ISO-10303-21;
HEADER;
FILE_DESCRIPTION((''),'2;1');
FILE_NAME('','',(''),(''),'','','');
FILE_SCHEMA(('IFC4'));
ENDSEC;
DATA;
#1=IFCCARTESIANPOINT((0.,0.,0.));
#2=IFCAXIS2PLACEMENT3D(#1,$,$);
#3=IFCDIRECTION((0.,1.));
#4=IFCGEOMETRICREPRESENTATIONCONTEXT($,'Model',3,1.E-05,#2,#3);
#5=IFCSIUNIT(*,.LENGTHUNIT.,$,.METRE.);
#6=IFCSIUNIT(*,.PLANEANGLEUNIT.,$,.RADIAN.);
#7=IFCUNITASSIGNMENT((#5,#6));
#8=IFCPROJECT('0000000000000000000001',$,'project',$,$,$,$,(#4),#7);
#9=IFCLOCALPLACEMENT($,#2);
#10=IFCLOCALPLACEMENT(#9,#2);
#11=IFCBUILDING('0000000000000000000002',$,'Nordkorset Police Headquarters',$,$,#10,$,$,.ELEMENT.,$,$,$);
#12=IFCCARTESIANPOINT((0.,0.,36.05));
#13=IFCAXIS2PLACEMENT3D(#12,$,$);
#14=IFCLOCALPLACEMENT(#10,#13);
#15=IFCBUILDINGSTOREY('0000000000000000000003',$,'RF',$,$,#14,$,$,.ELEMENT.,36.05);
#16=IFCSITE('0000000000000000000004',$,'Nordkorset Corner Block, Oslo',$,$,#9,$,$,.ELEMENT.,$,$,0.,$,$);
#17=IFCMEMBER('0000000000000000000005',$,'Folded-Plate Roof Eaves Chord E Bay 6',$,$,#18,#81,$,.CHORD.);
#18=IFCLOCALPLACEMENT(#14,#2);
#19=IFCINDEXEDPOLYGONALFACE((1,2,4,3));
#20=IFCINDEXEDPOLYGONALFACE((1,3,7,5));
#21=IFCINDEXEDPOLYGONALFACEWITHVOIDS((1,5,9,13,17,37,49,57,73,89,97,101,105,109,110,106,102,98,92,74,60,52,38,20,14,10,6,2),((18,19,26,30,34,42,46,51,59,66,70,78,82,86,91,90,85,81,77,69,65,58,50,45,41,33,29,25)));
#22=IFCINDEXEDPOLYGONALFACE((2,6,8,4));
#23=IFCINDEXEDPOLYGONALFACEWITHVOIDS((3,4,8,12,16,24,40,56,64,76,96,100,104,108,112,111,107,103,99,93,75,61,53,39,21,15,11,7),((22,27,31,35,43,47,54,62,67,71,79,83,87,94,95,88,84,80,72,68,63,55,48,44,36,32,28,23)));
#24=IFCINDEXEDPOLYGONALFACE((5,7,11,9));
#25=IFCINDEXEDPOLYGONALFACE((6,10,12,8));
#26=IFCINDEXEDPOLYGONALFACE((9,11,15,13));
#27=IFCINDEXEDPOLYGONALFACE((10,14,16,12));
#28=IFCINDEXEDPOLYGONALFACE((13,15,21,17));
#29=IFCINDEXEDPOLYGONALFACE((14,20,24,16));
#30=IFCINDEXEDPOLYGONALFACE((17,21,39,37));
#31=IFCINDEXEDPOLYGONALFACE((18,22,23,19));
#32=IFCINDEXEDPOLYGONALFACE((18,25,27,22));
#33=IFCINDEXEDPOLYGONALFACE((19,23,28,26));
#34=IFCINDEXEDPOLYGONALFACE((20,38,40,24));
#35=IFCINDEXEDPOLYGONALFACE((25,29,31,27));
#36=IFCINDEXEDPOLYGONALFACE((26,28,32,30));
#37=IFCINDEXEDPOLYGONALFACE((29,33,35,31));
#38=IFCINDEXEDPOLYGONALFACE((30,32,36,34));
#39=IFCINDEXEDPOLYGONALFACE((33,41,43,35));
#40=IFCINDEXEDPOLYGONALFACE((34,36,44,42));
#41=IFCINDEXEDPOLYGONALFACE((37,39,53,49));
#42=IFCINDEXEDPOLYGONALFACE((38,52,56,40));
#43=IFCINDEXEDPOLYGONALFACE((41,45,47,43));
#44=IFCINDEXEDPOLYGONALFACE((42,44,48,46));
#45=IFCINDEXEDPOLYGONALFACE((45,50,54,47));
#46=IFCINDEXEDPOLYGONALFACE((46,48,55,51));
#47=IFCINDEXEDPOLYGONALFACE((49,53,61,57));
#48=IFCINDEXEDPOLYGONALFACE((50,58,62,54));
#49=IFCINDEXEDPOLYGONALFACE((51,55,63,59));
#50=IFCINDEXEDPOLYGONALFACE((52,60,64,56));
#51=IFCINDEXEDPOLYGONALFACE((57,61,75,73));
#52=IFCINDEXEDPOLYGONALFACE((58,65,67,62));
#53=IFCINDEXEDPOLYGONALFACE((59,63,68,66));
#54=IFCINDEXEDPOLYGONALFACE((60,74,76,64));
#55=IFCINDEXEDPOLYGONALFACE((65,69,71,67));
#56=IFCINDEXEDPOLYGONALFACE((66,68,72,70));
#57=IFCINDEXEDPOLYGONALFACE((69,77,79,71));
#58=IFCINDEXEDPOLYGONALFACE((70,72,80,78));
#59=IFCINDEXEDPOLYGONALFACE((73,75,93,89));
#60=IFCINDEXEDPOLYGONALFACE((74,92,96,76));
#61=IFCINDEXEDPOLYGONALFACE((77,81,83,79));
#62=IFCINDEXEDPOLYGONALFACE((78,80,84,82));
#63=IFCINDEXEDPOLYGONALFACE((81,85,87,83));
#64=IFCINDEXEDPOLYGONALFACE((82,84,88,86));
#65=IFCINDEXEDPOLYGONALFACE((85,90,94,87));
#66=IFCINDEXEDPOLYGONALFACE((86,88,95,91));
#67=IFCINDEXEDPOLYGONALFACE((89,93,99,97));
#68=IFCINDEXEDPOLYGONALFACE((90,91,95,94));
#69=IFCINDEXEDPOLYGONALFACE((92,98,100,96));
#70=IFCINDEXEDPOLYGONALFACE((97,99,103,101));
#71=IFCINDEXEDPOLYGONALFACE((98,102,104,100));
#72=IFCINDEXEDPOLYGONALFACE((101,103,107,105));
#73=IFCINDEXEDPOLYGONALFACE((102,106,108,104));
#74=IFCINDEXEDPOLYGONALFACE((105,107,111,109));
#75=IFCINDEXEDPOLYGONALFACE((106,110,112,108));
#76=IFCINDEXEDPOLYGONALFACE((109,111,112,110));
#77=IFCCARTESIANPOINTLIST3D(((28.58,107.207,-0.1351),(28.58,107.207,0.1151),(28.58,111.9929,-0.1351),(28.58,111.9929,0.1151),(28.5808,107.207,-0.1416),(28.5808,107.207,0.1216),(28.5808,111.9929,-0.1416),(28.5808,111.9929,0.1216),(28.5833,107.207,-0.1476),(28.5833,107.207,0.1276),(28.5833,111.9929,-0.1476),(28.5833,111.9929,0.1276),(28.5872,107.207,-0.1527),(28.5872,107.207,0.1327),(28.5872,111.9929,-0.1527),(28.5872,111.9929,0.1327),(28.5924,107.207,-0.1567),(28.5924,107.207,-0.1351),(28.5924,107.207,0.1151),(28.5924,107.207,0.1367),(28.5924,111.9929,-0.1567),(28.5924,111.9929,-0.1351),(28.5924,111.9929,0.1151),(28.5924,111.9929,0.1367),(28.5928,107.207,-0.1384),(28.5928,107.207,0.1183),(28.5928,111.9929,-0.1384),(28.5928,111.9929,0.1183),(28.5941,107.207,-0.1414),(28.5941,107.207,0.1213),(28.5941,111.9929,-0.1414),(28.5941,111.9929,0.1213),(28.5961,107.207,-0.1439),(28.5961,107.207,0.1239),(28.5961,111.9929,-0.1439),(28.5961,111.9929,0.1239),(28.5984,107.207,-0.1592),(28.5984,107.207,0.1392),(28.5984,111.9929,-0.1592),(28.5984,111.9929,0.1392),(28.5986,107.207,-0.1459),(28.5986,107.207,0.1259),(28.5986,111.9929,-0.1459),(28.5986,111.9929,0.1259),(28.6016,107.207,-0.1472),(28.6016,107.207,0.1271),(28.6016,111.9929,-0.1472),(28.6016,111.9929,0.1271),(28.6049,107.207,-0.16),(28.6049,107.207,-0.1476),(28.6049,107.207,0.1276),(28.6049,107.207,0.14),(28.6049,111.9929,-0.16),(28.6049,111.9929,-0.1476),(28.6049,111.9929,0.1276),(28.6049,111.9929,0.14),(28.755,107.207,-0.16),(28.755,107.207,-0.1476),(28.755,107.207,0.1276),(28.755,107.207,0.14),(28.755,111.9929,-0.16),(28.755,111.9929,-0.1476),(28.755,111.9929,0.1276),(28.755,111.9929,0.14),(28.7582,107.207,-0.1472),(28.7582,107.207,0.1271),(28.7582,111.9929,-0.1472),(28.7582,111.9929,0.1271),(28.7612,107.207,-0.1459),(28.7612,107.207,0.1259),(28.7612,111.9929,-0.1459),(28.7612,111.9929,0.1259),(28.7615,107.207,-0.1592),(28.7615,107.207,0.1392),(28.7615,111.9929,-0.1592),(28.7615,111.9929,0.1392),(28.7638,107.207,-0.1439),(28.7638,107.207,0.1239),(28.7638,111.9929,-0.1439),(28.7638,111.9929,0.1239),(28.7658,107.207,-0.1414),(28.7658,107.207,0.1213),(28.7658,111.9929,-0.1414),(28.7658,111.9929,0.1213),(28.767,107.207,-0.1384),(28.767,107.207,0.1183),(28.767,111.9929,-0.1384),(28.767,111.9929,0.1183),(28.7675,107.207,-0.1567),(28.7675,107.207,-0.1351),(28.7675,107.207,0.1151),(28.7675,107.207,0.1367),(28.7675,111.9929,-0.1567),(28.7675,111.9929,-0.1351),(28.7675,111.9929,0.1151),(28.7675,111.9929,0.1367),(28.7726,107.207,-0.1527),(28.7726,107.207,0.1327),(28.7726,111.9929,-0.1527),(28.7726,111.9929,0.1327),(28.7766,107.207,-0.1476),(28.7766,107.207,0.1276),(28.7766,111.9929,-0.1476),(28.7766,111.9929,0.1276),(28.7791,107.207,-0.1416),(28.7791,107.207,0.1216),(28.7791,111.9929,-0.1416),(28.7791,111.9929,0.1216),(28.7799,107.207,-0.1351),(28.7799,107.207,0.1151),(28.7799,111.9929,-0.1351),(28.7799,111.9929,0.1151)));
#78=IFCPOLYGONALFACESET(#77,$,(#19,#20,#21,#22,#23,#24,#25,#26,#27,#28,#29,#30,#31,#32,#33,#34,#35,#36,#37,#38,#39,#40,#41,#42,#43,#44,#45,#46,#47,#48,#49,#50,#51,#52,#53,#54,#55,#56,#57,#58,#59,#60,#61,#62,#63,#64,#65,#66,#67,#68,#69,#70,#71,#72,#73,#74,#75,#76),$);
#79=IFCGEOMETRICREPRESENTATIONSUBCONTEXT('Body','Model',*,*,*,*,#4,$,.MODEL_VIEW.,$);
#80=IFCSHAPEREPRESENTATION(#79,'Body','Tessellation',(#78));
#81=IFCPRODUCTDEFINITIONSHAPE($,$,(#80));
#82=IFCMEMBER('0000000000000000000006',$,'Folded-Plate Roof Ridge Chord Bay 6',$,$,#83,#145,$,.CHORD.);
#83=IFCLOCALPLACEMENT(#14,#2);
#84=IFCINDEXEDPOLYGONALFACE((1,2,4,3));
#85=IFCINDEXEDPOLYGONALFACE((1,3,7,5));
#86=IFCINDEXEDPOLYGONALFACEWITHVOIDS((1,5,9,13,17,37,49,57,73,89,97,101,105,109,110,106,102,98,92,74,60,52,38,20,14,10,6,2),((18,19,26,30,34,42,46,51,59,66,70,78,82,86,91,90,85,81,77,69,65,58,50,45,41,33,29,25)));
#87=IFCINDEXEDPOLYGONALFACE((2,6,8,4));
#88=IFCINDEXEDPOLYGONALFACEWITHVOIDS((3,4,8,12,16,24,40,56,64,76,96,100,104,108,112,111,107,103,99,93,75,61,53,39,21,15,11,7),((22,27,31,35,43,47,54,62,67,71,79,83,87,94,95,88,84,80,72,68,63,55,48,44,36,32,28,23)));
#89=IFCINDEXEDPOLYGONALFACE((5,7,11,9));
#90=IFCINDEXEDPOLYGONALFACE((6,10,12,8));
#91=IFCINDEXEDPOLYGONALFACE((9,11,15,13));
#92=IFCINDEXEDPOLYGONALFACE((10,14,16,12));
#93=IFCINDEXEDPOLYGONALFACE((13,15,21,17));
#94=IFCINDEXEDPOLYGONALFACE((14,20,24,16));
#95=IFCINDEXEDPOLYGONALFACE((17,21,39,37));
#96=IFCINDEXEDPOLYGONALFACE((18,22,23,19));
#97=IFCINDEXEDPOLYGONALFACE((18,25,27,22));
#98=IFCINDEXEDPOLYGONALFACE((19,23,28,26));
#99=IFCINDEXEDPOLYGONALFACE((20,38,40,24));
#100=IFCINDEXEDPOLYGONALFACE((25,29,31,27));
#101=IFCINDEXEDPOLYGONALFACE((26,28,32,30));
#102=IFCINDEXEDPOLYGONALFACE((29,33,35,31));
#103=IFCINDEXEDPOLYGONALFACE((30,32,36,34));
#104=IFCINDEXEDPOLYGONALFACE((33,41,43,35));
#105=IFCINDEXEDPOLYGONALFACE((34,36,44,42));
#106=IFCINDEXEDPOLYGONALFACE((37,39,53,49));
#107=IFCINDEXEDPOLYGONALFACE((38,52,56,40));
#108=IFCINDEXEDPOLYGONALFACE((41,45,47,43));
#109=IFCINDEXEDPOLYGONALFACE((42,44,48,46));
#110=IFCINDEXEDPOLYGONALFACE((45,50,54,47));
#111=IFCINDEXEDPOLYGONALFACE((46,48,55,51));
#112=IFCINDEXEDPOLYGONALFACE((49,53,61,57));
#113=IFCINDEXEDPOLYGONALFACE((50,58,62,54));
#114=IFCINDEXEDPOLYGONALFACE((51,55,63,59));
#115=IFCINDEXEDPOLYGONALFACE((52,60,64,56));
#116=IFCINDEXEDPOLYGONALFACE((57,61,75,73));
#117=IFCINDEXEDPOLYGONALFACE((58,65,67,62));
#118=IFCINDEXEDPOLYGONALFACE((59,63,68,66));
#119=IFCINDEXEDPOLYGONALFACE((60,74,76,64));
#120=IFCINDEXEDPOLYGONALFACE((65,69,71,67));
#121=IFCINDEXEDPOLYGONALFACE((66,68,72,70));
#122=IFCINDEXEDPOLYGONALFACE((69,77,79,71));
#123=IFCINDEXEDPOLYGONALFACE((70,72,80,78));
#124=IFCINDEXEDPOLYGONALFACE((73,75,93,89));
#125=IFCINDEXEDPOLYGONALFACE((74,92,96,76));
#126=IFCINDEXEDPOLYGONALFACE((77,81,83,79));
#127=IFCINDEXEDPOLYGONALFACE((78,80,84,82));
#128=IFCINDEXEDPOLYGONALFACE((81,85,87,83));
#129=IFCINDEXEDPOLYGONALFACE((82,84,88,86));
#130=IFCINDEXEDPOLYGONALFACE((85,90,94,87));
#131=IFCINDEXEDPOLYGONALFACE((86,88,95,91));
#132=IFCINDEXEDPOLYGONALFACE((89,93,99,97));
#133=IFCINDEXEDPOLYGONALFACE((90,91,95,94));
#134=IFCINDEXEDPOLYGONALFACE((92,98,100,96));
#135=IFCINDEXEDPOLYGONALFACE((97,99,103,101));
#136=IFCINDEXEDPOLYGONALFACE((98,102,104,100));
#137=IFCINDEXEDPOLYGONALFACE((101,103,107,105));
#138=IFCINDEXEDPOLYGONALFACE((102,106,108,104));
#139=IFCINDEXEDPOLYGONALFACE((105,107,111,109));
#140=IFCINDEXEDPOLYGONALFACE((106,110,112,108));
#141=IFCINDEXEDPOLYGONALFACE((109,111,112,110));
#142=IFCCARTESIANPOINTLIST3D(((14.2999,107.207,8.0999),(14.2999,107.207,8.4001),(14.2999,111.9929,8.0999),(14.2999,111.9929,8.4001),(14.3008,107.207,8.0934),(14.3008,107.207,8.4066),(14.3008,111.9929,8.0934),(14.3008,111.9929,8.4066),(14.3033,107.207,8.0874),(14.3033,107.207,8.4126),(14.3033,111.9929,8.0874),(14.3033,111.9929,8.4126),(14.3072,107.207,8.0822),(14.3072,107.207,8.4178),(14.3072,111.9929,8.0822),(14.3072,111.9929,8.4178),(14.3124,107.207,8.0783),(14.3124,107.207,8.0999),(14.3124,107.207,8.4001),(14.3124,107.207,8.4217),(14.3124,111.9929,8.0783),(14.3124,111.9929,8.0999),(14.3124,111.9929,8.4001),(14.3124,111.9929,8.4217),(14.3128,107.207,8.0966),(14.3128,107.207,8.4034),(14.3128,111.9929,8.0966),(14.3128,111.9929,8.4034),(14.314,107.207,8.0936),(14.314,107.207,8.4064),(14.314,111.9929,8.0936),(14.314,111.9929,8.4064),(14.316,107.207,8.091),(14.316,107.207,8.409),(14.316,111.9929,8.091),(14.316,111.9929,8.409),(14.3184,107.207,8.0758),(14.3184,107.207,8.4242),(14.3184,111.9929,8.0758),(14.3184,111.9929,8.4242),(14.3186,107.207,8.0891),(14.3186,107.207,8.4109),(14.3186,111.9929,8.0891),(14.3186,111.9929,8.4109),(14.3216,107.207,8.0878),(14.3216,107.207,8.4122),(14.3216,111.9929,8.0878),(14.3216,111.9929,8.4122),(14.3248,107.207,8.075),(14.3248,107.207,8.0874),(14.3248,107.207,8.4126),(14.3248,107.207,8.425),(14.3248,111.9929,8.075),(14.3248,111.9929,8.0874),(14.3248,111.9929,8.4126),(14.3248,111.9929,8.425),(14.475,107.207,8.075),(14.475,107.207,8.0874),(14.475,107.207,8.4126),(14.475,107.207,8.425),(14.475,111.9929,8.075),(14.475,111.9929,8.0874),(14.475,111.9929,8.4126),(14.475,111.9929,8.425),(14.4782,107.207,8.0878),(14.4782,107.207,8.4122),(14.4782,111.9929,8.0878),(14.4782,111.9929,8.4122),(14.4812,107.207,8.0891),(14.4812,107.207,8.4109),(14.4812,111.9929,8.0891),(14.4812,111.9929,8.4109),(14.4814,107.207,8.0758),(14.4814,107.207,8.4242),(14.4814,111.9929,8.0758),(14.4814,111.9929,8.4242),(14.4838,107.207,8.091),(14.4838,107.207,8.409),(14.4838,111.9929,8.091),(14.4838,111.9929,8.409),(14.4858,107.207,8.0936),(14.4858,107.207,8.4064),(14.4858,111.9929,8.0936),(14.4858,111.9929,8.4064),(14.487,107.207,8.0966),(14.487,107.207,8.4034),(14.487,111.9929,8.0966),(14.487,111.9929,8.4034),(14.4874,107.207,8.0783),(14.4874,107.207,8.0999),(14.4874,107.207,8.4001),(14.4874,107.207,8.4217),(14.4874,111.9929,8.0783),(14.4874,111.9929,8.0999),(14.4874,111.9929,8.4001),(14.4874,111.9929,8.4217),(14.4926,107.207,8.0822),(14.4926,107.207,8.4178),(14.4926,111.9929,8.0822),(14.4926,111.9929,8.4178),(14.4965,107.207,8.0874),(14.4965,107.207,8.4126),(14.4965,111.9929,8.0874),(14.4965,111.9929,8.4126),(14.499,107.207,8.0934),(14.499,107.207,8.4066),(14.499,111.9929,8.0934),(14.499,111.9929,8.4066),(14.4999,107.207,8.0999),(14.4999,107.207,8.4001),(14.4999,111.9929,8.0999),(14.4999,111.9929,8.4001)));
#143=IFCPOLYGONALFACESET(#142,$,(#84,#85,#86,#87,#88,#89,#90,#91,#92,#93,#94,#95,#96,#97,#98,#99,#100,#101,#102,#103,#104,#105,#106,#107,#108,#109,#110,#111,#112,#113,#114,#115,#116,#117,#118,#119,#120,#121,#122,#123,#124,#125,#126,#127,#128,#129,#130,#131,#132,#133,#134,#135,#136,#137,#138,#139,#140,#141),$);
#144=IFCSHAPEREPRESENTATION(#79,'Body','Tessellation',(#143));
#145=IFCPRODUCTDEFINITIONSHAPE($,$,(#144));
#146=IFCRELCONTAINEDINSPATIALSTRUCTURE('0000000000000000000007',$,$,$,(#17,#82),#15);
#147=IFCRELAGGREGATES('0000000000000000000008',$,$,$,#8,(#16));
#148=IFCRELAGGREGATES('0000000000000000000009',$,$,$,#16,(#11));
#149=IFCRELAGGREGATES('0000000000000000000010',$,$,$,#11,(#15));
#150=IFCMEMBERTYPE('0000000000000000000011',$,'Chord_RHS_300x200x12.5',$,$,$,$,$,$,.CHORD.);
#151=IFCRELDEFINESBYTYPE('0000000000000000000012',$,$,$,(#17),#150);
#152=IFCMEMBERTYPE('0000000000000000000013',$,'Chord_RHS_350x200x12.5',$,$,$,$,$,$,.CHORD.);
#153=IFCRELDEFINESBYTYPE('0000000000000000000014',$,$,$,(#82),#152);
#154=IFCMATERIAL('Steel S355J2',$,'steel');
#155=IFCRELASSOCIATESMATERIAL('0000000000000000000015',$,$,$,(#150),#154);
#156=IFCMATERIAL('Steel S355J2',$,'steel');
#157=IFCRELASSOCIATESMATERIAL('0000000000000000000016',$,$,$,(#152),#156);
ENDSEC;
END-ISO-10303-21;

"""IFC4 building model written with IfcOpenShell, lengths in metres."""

from ifc_helpers import new_model, si_unit, direction, frame, origin, origin_2d, place, context, subcontext, project, spatial, hollow_rectangle, extrude, material, material_profile, profile_set, type_object, element, save


model = new_model("IFC4")

# Units and contexts
model_context = context("Model", 3, precision=1e-05, world=origin(), true_north=direction((0.0, 1.0)))
body_context = subcontext(model_context, "Body", "Model", "MODEL_VIEW")
ifc_project = project(units=[si_unit("LENGTHUNIT", "METRE"), si_unit("PLANEANGLEUNIT", "RADIAN")], contexts=[model_context])

# Site, building, storey
site_placement = place(None, origin())
site = spatial("IfcSite", under=ifc_project, at=site_placement, Name="Nordkorset Corner Block, Oslo", CompositionType="ELEMENT", RefElevation=0.0)
building_placement = place(site_placement, origin())
building = spatial("IfcBuilding", under=site, at=building_placement, Name="Nordkorset Police Headquarters", CompositionType="ELEMENT")
storey_placement = place(building_placement, frame((0.0, 0.0, 36.05)))
storey = spatial("IfcBuildingStorey", under=building, at=storey_placement, Name="RF", CompositionType="ELEMENT", Elevation=36.05)

# Members
ifc_material_1 = material(Name="Steel S355J2", Category="steel")
ifc_material_profile_1 = material_profile(ifc_material_1, hollow_rectangle(XDim=0.2, YDim=0.3, WallThickness=0.0125, InnerFilletRadius=0.0125, OuterFilletRadius=0.0249, at=origin_2d()), Name="RHS 300x200x12.5")
ifc_profile_set_1 = profile_set([ifc_material_profile_1], Name="Steel S355J2")
member_type_1 = type_object("IfcMemberType", Name="Chord_RHS_300x200x12.5", PredefinedType="CHORD", material=ifc_profile_set_1)
member_placement = place(storey_placement, frame((28.6799, 107.207, -0.01), z_axis=(0.0, 1.0, 0.0), x_axis=(-1.0, 0.0, 0.0)))
element("IfcMember", 1, at=member_placement, inside=storey, type_object=member_type_1, Name="Folded-Plate Roof Eaves Chord E Bay 6", PredefinedType="CHORD", context=body_context, shape_type="SweptSolid", body=[
    extrude(hollow_rectangle(XDim=0.2, YDim=0.3, WallThickness=0.0125, InnerFilletRadius=0.0125, OuterFilletRadius=0.0249, at=origin_2d()), origin(), (0.0, 0.0, 1.0), 4.7859),
])
ifc_material_2 = material(Name="Steel S355J2", Category="steel")
ifc_material_profile_2 = material_profile(ifc_material_2, hollow_rectangle(XDim=0.2, YDim=0.3501, WallThickness=0.0125, InnerFilletRadius=0.0125, OuterFilletRadius=0.0249, at=origin_2d()), Name="RHS 350x200x12.5")
ifc_profile_set_2 = profile_set([ifc_material_profile_2], Name="Steel S355J2")
member_type_2 = type_object("IfcMemberType", Name="Chord_RHS_350x200x12.5", PredefinedType="CHORD", material=ifc_profile_set_2)
for number, where, z_axis, x_axis, name in (
    (2, (14.3999, 107.207, 8.25), (0.0, 1.0, 0.0), (-1.0, 0.0, 0.0), "Folded-Plate Roof Ridge Chord Bay 6"),
):
    element("IfcMember", number, at=place(storey_placement, frame(where, z_axis=z_axis, x_axis=x_axis)), inside=storey, type_object=member_type_2, Name=name, PredefinedType="CHORD", context=body_context, shape_type="SweptSolid", body=[
        extrude(hollow_rectangle(XDim=0.2, YDim=0.3501, WallThickness=0.0125, InnerFilletRadius=0.0125, OuterFilletRadius=0.0249, at=origin_2d()), origin(), (0.0, 0.0, 1.0), 4.7859),
    ])

save(model, "model.ifc")
